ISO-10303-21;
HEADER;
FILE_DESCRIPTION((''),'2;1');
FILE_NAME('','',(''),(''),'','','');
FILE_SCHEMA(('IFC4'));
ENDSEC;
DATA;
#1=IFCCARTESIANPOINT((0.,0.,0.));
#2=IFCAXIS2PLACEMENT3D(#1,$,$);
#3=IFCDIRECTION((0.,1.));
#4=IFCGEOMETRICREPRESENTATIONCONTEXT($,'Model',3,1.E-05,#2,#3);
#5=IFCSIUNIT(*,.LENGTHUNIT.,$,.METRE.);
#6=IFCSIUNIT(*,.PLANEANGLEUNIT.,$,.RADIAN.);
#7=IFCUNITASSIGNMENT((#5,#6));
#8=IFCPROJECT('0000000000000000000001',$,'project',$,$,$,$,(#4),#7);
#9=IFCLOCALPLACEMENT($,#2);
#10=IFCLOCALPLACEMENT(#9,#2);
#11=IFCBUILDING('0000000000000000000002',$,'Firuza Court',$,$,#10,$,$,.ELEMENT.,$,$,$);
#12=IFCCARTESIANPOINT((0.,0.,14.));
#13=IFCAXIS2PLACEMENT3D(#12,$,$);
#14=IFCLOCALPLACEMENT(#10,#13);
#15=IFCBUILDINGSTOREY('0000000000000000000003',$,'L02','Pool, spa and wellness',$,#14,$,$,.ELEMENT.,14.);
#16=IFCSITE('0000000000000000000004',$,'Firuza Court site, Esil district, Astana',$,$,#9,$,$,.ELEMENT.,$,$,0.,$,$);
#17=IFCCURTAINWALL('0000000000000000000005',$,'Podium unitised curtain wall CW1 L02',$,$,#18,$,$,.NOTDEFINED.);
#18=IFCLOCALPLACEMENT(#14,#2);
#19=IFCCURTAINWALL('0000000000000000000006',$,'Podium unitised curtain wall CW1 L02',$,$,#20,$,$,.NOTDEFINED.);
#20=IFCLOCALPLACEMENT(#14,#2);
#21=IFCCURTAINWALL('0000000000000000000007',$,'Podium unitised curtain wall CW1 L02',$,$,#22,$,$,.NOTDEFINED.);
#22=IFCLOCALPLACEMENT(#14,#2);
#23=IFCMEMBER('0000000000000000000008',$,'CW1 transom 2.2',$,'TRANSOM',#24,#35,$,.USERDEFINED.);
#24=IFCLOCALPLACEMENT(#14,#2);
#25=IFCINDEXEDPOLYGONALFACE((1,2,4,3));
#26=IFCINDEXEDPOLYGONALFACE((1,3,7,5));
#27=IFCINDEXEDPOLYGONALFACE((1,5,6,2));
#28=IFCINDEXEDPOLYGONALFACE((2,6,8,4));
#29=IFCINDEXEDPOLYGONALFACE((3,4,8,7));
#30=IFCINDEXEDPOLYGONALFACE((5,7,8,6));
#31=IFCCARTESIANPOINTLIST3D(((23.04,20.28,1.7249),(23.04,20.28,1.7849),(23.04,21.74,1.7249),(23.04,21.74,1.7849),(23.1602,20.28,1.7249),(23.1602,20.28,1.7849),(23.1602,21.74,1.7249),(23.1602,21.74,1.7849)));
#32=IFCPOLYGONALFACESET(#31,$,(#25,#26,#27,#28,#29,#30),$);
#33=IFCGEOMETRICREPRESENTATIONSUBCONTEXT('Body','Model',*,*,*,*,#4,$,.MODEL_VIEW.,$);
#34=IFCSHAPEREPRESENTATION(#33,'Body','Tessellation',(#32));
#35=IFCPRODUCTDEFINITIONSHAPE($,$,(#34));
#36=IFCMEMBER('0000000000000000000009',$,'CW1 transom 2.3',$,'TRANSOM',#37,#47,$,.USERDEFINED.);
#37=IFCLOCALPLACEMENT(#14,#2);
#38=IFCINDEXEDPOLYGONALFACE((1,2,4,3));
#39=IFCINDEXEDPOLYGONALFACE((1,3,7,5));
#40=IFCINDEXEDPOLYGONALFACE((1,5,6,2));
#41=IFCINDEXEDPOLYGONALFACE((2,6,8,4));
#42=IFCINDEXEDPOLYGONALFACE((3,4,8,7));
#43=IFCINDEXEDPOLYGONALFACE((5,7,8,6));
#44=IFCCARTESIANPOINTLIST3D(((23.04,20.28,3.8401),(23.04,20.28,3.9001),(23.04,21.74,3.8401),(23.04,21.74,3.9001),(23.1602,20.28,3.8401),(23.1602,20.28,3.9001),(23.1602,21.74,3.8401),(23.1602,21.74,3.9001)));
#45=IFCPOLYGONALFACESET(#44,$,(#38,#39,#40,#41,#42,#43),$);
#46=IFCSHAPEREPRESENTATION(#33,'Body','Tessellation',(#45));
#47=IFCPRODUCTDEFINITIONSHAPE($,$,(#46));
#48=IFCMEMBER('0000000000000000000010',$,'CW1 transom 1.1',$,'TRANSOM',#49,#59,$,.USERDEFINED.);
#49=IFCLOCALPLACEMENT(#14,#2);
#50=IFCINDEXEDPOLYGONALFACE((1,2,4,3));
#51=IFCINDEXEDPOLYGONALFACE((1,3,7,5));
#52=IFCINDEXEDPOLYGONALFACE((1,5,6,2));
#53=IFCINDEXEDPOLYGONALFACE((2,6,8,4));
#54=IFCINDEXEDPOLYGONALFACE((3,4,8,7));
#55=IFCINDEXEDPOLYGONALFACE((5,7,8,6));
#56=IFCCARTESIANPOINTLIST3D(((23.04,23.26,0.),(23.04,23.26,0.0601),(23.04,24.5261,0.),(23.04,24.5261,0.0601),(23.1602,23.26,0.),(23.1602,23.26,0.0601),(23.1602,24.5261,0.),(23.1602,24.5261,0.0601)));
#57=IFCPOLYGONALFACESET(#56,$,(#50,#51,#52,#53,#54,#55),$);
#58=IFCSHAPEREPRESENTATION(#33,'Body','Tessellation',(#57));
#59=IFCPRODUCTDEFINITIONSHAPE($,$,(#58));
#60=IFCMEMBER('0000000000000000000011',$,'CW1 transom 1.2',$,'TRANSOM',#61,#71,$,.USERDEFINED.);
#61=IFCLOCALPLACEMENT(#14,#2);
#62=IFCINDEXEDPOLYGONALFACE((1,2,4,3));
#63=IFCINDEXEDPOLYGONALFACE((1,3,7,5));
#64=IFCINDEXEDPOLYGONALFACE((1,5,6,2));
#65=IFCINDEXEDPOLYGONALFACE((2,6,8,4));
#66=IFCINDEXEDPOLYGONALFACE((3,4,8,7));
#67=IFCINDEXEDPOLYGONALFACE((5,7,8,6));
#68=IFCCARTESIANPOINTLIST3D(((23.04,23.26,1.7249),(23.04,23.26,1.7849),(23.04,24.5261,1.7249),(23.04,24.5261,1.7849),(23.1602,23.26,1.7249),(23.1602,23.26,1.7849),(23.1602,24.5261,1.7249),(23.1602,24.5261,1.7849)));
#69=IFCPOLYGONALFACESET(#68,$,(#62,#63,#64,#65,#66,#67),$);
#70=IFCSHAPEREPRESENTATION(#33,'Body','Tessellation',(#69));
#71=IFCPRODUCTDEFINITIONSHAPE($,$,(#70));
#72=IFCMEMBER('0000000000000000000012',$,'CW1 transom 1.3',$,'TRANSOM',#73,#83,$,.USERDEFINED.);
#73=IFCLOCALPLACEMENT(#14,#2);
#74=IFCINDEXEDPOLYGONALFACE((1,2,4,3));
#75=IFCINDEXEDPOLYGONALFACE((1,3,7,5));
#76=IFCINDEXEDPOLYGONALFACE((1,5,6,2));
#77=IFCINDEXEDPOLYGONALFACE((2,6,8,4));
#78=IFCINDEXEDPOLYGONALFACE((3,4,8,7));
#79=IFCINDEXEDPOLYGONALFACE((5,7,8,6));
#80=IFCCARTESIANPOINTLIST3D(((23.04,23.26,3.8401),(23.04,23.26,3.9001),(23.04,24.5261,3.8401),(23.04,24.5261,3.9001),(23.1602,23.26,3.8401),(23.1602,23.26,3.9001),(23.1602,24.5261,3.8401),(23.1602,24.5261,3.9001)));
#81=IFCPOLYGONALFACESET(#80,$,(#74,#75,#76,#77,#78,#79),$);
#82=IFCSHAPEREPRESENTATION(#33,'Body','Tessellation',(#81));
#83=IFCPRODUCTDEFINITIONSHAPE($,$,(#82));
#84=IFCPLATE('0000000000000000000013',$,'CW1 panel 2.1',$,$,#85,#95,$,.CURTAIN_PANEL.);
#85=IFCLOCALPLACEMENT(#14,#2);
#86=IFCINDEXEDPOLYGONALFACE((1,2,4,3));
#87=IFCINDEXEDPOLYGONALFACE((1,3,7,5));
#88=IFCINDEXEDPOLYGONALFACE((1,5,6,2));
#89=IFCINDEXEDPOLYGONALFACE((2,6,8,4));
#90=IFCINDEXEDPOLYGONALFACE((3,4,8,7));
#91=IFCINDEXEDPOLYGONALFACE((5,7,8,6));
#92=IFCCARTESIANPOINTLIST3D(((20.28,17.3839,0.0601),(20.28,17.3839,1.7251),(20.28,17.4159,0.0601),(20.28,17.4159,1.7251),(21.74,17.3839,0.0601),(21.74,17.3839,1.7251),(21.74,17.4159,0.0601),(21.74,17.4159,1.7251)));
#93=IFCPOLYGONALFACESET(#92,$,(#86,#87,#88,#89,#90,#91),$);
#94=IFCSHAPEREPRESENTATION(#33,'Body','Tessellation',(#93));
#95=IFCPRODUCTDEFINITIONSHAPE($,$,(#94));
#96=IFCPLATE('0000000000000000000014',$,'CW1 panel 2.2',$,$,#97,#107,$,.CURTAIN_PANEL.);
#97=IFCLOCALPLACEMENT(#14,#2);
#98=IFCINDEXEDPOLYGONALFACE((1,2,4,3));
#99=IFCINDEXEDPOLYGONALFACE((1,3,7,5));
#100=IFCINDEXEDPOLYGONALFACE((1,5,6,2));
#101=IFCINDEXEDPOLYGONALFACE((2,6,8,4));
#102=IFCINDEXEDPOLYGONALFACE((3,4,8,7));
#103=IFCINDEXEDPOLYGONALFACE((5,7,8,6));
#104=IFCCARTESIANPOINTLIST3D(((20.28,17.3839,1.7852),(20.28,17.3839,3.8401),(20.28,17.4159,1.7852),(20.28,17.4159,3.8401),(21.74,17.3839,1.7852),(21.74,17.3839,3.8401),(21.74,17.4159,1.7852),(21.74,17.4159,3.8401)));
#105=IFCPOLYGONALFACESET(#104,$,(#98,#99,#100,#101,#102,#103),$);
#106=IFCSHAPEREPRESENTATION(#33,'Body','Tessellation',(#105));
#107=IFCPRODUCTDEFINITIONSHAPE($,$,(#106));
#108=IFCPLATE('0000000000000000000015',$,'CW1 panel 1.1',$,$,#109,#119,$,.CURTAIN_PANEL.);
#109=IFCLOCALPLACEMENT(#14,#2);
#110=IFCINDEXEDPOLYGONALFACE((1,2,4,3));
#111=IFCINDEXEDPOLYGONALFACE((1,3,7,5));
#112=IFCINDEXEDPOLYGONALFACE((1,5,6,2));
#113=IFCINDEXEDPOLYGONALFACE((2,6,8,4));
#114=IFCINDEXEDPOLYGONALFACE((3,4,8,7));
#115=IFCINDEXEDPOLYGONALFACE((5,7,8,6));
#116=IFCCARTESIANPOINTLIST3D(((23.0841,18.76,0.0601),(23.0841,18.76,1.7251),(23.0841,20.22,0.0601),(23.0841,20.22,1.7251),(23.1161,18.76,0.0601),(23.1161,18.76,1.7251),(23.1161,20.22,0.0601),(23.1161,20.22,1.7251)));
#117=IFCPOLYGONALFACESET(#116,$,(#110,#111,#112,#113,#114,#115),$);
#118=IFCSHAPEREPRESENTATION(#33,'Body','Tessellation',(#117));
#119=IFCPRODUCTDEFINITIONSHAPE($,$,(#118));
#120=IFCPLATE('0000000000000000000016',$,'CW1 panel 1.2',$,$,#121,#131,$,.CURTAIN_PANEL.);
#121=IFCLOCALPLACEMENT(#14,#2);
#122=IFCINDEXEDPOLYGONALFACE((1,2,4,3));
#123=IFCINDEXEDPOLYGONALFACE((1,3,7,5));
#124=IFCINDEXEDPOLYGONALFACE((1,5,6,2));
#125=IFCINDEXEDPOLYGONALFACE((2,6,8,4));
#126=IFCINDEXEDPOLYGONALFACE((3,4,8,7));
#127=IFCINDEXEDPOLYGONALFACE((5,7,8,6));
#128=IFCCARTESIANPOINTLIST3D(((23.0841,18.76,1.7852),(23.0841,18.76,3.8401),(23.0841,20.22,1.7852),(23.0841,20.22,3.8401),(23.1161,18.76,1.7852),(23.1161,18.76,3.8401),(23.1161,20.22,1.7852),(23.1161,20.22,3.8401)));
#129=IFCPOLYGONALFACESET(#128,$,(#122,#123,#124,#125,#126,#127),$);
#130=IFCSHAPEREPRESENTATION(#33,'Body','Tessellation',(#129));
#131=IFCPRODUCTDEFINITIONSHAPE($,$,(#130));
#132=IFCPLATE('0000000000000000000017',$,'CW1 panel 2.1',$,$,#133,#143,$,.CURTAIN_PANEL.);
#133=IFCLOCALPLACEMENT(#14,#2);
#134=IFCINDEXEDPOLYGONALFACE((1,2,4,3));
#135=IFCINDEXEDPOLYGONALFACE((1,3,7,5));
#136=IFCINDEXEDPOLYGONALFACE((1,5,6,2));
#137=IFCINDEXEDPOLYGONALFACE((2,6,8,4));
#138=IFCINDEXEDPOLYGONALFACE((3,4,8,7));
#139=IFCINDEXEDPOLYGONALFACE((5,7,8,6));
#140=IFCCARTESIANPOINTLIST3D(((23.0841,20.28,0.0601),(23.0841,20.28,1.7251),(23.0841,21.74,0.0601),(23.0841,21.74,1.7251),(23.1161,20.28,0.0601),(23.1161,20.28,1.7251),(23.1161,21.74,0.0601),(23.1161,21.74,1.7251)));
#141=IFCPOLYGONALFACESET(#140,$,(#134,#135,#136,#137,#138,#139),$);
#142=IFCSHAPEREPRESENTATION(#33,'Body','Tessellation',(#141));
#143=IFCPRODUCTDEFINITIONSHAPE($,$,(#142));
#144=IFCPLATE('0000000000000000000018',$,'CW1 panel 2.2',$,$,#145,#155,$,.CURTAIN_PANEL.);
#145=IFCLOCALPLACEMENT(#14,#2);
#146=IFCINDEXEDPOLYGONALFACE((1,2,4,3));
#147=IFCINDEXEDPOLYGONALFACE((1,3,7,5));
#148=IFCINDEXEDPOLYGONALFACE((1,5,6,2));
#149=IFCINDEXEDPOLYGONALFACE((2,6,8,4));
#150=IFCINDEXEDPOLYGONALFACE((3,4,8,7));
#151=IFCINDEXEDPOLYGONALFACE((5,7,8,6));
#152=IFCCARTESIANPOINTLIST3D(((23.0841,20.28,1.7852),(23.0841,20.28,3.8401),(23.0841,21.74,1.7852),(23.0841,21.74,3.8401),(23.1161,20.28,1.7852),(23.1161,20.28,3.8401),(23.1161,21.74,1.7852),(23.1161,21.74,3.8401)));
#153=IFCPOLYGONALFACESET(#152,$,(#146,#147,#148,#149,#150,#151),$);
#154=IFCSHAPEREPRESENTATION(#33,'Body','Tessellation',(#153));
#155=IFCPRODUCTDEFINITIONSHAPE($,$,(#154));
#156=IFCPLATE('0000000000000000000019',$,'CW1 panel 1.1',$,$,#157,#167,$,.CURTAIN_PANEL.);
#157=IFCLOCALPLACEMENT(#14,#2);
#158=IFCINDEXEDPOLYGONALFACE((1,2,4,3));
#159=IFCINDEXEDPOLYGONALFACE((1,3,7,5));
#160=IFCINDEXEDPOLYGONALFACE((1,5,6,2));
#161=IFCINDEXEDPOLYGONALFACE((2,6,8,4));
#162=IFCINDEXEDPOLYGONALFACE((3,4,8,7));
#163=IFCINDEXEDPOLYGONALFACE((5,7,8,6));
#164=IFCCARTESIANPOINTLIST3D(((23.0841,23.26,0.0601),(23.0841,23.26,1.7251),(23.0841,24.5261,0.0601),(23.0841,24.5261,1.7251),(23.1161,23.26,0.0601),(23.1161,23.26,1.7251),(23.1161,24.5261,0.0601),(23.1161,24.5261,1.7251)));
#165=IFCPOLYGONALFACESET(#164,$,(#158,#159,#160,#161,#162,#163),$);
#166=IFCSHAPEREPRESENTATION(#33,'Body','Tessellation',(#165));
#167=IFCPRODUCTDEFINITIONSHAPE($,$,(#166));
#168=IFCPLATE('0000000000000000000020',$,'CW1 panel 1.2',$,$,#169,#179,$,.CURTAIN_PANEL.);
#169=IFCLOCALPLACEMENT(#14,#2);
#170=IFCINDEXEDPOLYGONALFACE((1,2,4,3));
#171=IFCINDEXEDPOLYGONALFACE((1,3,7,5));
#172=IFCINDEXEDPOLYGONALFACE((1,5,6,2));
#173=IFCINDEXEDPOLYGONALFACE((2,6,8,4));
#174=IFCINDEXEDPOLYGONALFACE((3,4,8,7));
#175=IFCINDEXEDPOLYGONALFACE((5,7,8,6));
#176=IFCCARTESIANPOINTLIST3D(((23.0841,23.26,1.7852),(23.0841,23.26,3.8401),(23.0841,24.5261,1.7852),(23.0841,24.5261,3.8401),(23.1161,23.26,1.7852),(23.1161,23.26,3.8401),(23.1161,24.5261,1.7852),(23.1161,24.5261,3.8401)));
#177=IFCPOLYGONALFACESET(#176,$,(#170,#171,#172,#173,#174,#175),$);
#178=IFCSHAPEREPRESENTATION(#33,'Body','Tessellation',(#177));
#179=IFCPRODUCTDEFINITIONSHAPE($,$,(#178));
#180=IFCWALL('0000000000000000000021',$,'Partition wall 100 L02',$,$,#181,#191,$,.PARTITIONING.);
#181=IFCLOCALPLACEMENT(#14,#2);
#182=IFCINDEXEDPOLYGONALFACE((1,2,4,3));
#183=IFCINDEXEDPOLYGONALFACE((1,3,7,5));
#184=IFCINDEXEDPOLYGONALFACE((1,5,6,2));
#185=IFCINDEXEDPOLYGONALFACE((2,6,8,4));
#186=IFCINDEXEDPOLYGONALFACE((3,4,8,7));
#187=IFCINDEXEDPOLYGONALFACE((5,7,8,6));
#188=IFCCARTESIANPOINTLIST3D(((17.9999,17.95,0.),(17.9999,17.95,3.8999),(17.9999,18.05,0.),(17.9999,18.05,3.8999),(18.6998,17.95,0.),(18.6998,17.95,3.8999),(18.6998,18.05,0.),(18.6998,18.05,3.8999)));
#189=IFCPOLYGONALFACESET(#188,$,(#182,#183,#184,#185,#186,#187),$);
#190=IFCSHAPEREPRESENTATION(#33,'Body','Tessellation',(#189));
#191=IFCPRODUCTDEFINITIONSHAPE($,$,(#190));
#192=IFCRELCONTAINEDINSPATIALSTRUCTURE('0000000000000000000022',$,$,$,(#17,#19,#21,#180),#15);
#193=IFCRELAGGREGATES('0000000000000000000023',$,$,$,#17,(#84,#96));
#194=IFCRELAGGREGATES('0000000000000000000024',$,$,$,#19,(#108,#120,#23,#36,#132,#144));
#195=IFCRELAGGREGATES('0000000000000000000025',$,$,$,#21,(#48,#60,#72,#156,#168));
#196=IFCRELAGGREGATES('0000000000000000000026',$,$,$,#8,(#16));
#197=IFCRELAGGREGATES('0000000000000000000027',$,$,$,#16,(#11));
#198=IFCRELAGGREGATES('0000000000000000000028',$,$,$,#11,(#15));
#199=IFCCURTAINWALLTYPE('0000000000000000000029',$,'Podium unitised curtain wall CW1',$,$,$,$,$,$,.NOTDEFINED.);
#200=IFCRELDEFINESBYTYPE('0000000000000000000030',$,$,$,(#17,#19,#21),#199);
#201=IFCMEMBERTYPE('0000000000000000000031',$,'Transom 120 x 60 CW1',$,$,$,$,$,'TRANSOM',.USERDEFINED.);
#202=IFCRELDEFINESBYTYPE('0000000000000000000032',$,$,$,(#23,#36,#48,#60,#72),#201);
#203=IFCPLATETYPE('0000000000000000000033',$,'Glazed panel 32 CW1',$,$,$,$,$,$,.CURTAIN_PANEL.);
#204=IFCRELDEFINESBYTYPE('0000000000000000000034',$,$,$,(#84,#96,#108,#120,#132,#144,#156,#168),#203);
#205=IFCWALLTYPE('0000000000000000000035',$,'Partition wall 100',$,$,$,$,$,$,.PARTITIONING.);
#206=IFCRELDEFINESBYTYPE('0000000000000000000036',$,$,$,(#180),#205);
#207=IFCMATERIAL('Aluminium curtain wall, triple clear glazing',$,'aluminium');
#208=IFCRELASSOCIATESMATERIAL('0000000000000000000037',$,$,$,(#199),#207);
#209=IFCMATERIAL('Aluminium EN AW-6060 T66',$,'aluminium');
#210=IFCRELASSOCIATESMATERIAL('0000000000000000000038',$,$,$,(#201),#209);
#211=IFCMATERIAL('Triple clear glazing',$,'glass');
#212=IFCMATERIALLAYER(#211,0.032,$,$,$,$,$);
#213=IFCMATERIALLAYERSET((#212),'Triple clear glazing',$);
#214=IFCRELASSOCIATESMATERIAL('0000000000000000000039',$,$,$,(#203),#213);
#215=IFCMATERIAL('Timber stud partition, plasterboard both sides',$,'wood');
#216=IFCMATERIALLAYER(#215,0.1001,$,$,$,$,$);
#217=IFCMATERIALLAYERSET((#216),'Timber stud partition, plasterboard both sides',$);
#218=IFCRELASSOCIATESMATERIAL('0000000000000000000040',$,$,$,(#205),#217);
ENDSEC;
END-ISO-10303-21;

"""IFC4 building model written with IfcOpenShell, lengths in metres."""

from ifc_helpers import new_model, si_unit, direction, frame, frame_2d, origin, origin_2d, place, context, subcontext, project, spatial, rectangle, extrude, material, layer, layer_set, material_profile, profile_set, type_object, element, aggregate, save


model = new_model("IFC4")

# Units and contexts
model_context = context("Model", 3, precision=1e-05, world=origin(), true_north=direction((0.0, 1.0)))
body_context = subcontext(model_context, "Body", "Model", "MODEL_VIEW")
ifc_project = project(units=[si_unit("LENGTHUNIT", "METRE"), si_unit("PLANEANGLEUNIT", "RADIAN")], contexts=[model_context])

# Site, building, storey
site_placement = place(None, origin())
site = spatial("IfcSite", under=ifc_project, at=site_placement, Name="Firuza Court site, Esil district, Astana", CompositionType="ELEMENT", RefElevation=0.0)
building_placement = place(site_placement, origin())
building = spatial("IfcBuilding", under=site, at=building_placement, Name="Firuza Court", CompositionType="ELEMENT")
storey_placement = place(building_placement, frame((0.0, 0.0, 14.0)))
storey = spatial("IfcBuildingStorey", under=building, at=storey_placement, Name="L02", Description="Pool, spa and wellness", CompositionType="ELEMENT", Elevation=14.0)

# Curtain wall
ifc_material_1 = material(Name="Aluminium curtain wall, triple clear glazing", Category="aluminium")
curtain_wall_type = type_object("IfcCurtainWallType", Name="Podium unitised curtain wall CW1", PredefinedType="NOTDEFINED", material=ifc_material_1)
curtain_wall_1_placement = place(storey_placement, origin())
curtain_wall_1 = element("IfcCurtainWall", 1, at=curtain_wall_1_placement, inside=storey, type_object=curtain_wall_type, Name="Podium unitised curtain wall CW1 L02", PredefinedType="NOTDEFINED")

# Curtain wall
curtain_wall_2_placement = place(storey_placement, origin())
curtain_wall_2 = element("IfcCurtainWall", 2, at=curtain_wall_2_placement, inside=storey, type_object=curtain_wall_type, Name="Podium unitised curtain wall CW1 L02", PredefinedType="NOTDEFINED")

# Curtain wall
curtain_wall_3_placement = place(storey_placement, origin())
curtain_wall_3 = element("IfcCurtainWall", 3, at=curtain_wall_3_placement, inside=storey, type_object=curtain_wall_type, Name="Podium unitised curtain wall CW1 L02", PredefinedType="NOTDEFINED")

# Members
ifc_material_2 = material(Name="Aluminium EN AW-6060 T66", Category="aluminium")
ifc_material_profile_1 = material_profile(ifc_material_2, rectangle(XDim=0.1201, YDim=0.0601, at=origin_2d()), Name="Transom 120 x 60 CW1")
ifc_profile_set_1 = profile_set([ifc_material_profile_1], Name="Aluminium EN AW-6060 T66")
member_type_1 = type_object("IfcMemberType", Name="Transom 120 x 60 CW1", ElementType="TRANSOM", PredefinedType="USERDEFINED", material=ifc_profile_set_1)
member_1_placement = place(storey_placement, frame((23.1001, 20.28, 1.7549), z_axis=(0.0, 1.0, 0.0), x_axis=(-1.0, 0.0, 0.0)))
member_1 = element("IfcMember", 4, at=member_1_placement, type_object=member_type_1, Name="CW1 transom 2.2", ObjectType="TRANSOM", PredefinedType="USERDEFINED", context=body_context, shape_type="SweptSolid", body=[
    extrude(rectangle(XDim=0.1201, YDim=0.0601, at=origin_2d()), origin(), (0.0, 0.0, 1.0), 1.46),
])
member_2_placement = place(storey_placement, frame((23.1001, 20.28, 3.8701), z_axis=(0.0, 1.0, 0.0), x_axis=(-1.0, 0.0, 0.0)))
member_2 = element("IfcMember", 5, at=member_2_placement, type_object=member_type_1, Name="CW1 transom 2.3", ObjectType="TRANSOM", PredefinedType="USERDEFINED", context=body_context, shape_type="SweptSolid", body=[
    extrude(rectangle(XDim=0.1201, YDim=0.0601, at=origin_2d()), origin(), (0.0, 0.0, 1.0), 1.46),
])
member_3_placement = place(storey_placement, frame((23.1001, 23.26, 0.03), z_axis=(0.0, 1.0, 0.0), x_axis=(-1.0, 0.0, 0.0)))
member_3 = element("IfcMember", 6, at=member_3_placement, type_object=member_type_1, Name="CW1 transom 1.1", ObjectType="TRANSOM", PredefinedType="USERDEFINED", context=body_context, shape_type="SweptSolid", body=[
    extrude(rectangle(XDim=0.1201, YDim=0.0601, at=origin_2d()), origin(), (0.0, 0.0, 1.0), 1.2661),
])
member_4_placement = place(storey_placement, frame((23.1001, 23.26, 1.7549), z_axis=(0.0, 1.0, 0.0), x_axis=(-1.0, 0.0, 0.0)))
member_4 = element("IfcMember", 7, at=member_4_placement, type_object=member_type_1, Name="CW1 transom 1.2", ObjectType="TRANSOM", PredefinedType="USERDEFINED", context=body_context, shape_type="SweptSolid", body=[
    extrude(rectangle(XDim=0.1201, YDim=0.0601, at=origin_2d()), origin(), (0.0, 0.0, 1.0), 1.2661),
])
member_5_placement = place(storey_placement, frame((23.1001, 23.26, 3.8701), z_axis=(0.0, 1.0, 0.0), x_axis=(-1.0, 0.0, 0.0)))
member_5 = element("IfcMember", 8, at=member_5_placement, type_object=member_type_1, Name="CW1 transom 1.3", ObjectType="TRANSOM", PredefinedType="USERDEFINED", context=body_context, shape_type="SweptSolid", body=[
    extrude(rectangle(XDim=0.1201, YDim=0.0601, at=origin_2d()), origin(), (0.0, 0.0, 1.0), 1.2661),
])

# Plates
ifc_material_3 = material(Name="Triple clear glazing", Category="glass")
ifc_layer_1 = layer(ifc_material_3, 0.032)
ifc_layer_set_1 = layer_set([ifc_layer_1], Name="Triple clear glazing")
plate_type = type_object("IfcPlateType", Name="Glazed panel 32 CW1", PredefinedType="CURTAIN_PANEL", material=ifc_layer_set_1)
plate_1_placement = place(storey_placement, frame((21.01, 17.3999, 0.0601), z_axis=(0.0, 0.0, 1.0), x_axis=(1.0, 0.0, 0.0)))
plate_1 = element("IfcPlate", 9, at=plate_1_placement, type_object=plate_type, Name="CW1 panel 2.1", PredefinedType="CURTAIN_PANEL", context=body_context, shape_type="SweptSolid", body=[
    extrude(rectangle(XDim=1.46, YDim=0.032, at=origin_2d()), origin(), (0.0, 0.0, 1.0), 1.665),
])
plate_2_placement = place(storey_placement, frame((21.01, 17.3999, 1.7852), z_axis=(0.0, 0.0, 1.0), x_axis=(1.0, 0.0, 0.0)))
plate_2 = element("IfcPlate", 10, at=plate_2_placement, type_object=plate_type, Name="CW1 panel 2.2", PredefinedType="CURTAIN_PANEL", context=body_context, shape_type="SweptSolid", body=[
    extrude(rectangle(XDim=1.46, YDim=0.032, at=origin_2d()), origin(), (0.0, 0.0, 1.0), 2.0549),
])
aggregate(curtain_wall_1, [plate_1, plate_2])
plate_3_placement = place(storey_placement, frame((23.1001, 19.49, 0.0601), z_axis=(0.0, 0.0, 1.0), x_axis=(0.0, 1.0, 0.0)))
plate_3 = element("IfcPlate", 11, at=plate_3_placement, type_object=plate_type, Name="CW1 panel 1.1", PredefinedType="CURTAIN_PANEL", context=body_context, shape_type="SweptSolid", body=[
    extrude(rectangle(XDim=1.46, YDim=0.032, at=origin_2d()), origin(), (0.0, 0.0, 1.0), 1.665),
])
plate_4_placement = place(storey_placement, frame((23.1001, 19.49, 1.7852), z_axis=(0.0, 0.0, 1.0), x_axis=(0.0, 1.0, 0.0)))
plate_4 = element("IfcPlate", 12, at=plate_4_placement, type_object=plate_type, Name="CW1 panel 1.2", PredefinedType="CURTAIN_PANEL", context=body_context, shape_type="SweptSolid", body=[
    extrude(rectangle(XDim=1.46, YDim=0.032, at=origin_2d()), origin(), (0.0, 0.0, 1.0), 2.0549),
])
plate_5_placement = place(storey_placement, frame((23.1001, 21.01, 0.0601), z_axis=(0.0, 0.0, 1.0), x_axis=(0.0, 1.0, 0.0)))
plate_5 = element("IfcPlate", 13, at=plate_5_placement, type_object=plate_type, Name="CW1 panel 2.1", PredefinedType="CURTAIN_PANEL", context=body_context, shape_type="SweptSolid", body=[
    extrude(rectangle(XDim=1.46, YDim=0.032, at=origin_2d()), origin(), (0.0, 0.0, 1.0), 1.665),
])
plate_6_placement = place(storey_placement, frame((23.1001, 21.01, 1.7852), z_axis=(0.0, 0.0, 1.0), x_axis=(0.0, 1.0, 0.0)))
plate_6 = element("IfcPlate", 14, at=plate_6_placement, type_object=plate_type, Name="CW1 panel 2.2", PredefinedType="CURTAIN_PANEL", context=body_context, shape_type="SweptSolid", body=[
    extrude(rectangle(XDim=1.46, YDim=0.032, at=origin_2d()), origin(), (0.0, 0.0, 1.0), 2.0549),
])
aggregate(curtain_wall_2, [plate_3, plate_4, member_1, member_2, plate_5, plate_6])
plate_7_placement = place(storey_placement, frame((23.1001, 23.8931, 0.0601), z_axis=(0.0, 0.0, 1.0), x_axis=(0.0, 1.0, 0.0)))
plate_7 = element("IfcPlate", 15, at=plate_7_placement, type_object=plate_type, Name="CW1 panel 1.1", PredefinedType="CURTAIN_PANEL", context=body_context, shape_type="SweptSolid", body=[
    extrude(rectangle(XDim=1.2661, YDim=0.032, at=origin_2d()), origin(), (0.0, 0.0, 1.0), 1.665),
])
plate_8_placement = place(storey_placement, frame((23.1001, 23.8931, 1.7852), z_axis=(0.0, 0.0, 1.0), x_axis=(0.0, 1.0, 0.0)))
plate_8 = element("IfcPlate", 16, at=plate_8_placement, type_object=plate_type, Name="CW1 panel 1.2", PredefinedType="CURTAIN_PANEL", context=body_context, shape_type="SweptSolid", body=[
    extrude(rectangle(XDim=1.2661, YDim=0.032, at=origin_2d()), origin(), (0.0, 0.0, 1.0), 2.0549),
])
aggregate(curtain_wall_3, [member_3, member_4, member_5, plate_7, plate_8])

# Wall
ifc_material_4 = material(Name="Timber stud partition, plasterboard both sides", Category="wood")
ifc_layer_2 = layer(ifc_material_4, 0.1001)
ifc_layer_set_2 = layer_set([ifc_layer_2], Name="Timber stud partition, plasterboard both sides")
wall_type = type_object("IfcWallType", Name="Partition wall 100", PredefinedType="PARTITIONING", material=ifc_layer_set_2)
wall_placement = place(storey_placement, frame((18.7, 18.0, 0.0), z_axis=(0.0, 0.0, 1.0), x_axis=(-1.0, 0.0, 0.0)))
element("IfcWall", 17, at=wall_placement, inside=storey, type_object=wall_type, Name="Partition wall 100 L02", PredefinedType="PARTITIONING", context=body_context, shape_type="SweptSolid", body=[
    extrude(rectangle(XDim=0.7, YDim=0.1001, at=frame_2d((0.3501, 0.0))), origin(), (0.0, 0.0, 1.0), 3.8999),
])

save(model, "model.ifc")
